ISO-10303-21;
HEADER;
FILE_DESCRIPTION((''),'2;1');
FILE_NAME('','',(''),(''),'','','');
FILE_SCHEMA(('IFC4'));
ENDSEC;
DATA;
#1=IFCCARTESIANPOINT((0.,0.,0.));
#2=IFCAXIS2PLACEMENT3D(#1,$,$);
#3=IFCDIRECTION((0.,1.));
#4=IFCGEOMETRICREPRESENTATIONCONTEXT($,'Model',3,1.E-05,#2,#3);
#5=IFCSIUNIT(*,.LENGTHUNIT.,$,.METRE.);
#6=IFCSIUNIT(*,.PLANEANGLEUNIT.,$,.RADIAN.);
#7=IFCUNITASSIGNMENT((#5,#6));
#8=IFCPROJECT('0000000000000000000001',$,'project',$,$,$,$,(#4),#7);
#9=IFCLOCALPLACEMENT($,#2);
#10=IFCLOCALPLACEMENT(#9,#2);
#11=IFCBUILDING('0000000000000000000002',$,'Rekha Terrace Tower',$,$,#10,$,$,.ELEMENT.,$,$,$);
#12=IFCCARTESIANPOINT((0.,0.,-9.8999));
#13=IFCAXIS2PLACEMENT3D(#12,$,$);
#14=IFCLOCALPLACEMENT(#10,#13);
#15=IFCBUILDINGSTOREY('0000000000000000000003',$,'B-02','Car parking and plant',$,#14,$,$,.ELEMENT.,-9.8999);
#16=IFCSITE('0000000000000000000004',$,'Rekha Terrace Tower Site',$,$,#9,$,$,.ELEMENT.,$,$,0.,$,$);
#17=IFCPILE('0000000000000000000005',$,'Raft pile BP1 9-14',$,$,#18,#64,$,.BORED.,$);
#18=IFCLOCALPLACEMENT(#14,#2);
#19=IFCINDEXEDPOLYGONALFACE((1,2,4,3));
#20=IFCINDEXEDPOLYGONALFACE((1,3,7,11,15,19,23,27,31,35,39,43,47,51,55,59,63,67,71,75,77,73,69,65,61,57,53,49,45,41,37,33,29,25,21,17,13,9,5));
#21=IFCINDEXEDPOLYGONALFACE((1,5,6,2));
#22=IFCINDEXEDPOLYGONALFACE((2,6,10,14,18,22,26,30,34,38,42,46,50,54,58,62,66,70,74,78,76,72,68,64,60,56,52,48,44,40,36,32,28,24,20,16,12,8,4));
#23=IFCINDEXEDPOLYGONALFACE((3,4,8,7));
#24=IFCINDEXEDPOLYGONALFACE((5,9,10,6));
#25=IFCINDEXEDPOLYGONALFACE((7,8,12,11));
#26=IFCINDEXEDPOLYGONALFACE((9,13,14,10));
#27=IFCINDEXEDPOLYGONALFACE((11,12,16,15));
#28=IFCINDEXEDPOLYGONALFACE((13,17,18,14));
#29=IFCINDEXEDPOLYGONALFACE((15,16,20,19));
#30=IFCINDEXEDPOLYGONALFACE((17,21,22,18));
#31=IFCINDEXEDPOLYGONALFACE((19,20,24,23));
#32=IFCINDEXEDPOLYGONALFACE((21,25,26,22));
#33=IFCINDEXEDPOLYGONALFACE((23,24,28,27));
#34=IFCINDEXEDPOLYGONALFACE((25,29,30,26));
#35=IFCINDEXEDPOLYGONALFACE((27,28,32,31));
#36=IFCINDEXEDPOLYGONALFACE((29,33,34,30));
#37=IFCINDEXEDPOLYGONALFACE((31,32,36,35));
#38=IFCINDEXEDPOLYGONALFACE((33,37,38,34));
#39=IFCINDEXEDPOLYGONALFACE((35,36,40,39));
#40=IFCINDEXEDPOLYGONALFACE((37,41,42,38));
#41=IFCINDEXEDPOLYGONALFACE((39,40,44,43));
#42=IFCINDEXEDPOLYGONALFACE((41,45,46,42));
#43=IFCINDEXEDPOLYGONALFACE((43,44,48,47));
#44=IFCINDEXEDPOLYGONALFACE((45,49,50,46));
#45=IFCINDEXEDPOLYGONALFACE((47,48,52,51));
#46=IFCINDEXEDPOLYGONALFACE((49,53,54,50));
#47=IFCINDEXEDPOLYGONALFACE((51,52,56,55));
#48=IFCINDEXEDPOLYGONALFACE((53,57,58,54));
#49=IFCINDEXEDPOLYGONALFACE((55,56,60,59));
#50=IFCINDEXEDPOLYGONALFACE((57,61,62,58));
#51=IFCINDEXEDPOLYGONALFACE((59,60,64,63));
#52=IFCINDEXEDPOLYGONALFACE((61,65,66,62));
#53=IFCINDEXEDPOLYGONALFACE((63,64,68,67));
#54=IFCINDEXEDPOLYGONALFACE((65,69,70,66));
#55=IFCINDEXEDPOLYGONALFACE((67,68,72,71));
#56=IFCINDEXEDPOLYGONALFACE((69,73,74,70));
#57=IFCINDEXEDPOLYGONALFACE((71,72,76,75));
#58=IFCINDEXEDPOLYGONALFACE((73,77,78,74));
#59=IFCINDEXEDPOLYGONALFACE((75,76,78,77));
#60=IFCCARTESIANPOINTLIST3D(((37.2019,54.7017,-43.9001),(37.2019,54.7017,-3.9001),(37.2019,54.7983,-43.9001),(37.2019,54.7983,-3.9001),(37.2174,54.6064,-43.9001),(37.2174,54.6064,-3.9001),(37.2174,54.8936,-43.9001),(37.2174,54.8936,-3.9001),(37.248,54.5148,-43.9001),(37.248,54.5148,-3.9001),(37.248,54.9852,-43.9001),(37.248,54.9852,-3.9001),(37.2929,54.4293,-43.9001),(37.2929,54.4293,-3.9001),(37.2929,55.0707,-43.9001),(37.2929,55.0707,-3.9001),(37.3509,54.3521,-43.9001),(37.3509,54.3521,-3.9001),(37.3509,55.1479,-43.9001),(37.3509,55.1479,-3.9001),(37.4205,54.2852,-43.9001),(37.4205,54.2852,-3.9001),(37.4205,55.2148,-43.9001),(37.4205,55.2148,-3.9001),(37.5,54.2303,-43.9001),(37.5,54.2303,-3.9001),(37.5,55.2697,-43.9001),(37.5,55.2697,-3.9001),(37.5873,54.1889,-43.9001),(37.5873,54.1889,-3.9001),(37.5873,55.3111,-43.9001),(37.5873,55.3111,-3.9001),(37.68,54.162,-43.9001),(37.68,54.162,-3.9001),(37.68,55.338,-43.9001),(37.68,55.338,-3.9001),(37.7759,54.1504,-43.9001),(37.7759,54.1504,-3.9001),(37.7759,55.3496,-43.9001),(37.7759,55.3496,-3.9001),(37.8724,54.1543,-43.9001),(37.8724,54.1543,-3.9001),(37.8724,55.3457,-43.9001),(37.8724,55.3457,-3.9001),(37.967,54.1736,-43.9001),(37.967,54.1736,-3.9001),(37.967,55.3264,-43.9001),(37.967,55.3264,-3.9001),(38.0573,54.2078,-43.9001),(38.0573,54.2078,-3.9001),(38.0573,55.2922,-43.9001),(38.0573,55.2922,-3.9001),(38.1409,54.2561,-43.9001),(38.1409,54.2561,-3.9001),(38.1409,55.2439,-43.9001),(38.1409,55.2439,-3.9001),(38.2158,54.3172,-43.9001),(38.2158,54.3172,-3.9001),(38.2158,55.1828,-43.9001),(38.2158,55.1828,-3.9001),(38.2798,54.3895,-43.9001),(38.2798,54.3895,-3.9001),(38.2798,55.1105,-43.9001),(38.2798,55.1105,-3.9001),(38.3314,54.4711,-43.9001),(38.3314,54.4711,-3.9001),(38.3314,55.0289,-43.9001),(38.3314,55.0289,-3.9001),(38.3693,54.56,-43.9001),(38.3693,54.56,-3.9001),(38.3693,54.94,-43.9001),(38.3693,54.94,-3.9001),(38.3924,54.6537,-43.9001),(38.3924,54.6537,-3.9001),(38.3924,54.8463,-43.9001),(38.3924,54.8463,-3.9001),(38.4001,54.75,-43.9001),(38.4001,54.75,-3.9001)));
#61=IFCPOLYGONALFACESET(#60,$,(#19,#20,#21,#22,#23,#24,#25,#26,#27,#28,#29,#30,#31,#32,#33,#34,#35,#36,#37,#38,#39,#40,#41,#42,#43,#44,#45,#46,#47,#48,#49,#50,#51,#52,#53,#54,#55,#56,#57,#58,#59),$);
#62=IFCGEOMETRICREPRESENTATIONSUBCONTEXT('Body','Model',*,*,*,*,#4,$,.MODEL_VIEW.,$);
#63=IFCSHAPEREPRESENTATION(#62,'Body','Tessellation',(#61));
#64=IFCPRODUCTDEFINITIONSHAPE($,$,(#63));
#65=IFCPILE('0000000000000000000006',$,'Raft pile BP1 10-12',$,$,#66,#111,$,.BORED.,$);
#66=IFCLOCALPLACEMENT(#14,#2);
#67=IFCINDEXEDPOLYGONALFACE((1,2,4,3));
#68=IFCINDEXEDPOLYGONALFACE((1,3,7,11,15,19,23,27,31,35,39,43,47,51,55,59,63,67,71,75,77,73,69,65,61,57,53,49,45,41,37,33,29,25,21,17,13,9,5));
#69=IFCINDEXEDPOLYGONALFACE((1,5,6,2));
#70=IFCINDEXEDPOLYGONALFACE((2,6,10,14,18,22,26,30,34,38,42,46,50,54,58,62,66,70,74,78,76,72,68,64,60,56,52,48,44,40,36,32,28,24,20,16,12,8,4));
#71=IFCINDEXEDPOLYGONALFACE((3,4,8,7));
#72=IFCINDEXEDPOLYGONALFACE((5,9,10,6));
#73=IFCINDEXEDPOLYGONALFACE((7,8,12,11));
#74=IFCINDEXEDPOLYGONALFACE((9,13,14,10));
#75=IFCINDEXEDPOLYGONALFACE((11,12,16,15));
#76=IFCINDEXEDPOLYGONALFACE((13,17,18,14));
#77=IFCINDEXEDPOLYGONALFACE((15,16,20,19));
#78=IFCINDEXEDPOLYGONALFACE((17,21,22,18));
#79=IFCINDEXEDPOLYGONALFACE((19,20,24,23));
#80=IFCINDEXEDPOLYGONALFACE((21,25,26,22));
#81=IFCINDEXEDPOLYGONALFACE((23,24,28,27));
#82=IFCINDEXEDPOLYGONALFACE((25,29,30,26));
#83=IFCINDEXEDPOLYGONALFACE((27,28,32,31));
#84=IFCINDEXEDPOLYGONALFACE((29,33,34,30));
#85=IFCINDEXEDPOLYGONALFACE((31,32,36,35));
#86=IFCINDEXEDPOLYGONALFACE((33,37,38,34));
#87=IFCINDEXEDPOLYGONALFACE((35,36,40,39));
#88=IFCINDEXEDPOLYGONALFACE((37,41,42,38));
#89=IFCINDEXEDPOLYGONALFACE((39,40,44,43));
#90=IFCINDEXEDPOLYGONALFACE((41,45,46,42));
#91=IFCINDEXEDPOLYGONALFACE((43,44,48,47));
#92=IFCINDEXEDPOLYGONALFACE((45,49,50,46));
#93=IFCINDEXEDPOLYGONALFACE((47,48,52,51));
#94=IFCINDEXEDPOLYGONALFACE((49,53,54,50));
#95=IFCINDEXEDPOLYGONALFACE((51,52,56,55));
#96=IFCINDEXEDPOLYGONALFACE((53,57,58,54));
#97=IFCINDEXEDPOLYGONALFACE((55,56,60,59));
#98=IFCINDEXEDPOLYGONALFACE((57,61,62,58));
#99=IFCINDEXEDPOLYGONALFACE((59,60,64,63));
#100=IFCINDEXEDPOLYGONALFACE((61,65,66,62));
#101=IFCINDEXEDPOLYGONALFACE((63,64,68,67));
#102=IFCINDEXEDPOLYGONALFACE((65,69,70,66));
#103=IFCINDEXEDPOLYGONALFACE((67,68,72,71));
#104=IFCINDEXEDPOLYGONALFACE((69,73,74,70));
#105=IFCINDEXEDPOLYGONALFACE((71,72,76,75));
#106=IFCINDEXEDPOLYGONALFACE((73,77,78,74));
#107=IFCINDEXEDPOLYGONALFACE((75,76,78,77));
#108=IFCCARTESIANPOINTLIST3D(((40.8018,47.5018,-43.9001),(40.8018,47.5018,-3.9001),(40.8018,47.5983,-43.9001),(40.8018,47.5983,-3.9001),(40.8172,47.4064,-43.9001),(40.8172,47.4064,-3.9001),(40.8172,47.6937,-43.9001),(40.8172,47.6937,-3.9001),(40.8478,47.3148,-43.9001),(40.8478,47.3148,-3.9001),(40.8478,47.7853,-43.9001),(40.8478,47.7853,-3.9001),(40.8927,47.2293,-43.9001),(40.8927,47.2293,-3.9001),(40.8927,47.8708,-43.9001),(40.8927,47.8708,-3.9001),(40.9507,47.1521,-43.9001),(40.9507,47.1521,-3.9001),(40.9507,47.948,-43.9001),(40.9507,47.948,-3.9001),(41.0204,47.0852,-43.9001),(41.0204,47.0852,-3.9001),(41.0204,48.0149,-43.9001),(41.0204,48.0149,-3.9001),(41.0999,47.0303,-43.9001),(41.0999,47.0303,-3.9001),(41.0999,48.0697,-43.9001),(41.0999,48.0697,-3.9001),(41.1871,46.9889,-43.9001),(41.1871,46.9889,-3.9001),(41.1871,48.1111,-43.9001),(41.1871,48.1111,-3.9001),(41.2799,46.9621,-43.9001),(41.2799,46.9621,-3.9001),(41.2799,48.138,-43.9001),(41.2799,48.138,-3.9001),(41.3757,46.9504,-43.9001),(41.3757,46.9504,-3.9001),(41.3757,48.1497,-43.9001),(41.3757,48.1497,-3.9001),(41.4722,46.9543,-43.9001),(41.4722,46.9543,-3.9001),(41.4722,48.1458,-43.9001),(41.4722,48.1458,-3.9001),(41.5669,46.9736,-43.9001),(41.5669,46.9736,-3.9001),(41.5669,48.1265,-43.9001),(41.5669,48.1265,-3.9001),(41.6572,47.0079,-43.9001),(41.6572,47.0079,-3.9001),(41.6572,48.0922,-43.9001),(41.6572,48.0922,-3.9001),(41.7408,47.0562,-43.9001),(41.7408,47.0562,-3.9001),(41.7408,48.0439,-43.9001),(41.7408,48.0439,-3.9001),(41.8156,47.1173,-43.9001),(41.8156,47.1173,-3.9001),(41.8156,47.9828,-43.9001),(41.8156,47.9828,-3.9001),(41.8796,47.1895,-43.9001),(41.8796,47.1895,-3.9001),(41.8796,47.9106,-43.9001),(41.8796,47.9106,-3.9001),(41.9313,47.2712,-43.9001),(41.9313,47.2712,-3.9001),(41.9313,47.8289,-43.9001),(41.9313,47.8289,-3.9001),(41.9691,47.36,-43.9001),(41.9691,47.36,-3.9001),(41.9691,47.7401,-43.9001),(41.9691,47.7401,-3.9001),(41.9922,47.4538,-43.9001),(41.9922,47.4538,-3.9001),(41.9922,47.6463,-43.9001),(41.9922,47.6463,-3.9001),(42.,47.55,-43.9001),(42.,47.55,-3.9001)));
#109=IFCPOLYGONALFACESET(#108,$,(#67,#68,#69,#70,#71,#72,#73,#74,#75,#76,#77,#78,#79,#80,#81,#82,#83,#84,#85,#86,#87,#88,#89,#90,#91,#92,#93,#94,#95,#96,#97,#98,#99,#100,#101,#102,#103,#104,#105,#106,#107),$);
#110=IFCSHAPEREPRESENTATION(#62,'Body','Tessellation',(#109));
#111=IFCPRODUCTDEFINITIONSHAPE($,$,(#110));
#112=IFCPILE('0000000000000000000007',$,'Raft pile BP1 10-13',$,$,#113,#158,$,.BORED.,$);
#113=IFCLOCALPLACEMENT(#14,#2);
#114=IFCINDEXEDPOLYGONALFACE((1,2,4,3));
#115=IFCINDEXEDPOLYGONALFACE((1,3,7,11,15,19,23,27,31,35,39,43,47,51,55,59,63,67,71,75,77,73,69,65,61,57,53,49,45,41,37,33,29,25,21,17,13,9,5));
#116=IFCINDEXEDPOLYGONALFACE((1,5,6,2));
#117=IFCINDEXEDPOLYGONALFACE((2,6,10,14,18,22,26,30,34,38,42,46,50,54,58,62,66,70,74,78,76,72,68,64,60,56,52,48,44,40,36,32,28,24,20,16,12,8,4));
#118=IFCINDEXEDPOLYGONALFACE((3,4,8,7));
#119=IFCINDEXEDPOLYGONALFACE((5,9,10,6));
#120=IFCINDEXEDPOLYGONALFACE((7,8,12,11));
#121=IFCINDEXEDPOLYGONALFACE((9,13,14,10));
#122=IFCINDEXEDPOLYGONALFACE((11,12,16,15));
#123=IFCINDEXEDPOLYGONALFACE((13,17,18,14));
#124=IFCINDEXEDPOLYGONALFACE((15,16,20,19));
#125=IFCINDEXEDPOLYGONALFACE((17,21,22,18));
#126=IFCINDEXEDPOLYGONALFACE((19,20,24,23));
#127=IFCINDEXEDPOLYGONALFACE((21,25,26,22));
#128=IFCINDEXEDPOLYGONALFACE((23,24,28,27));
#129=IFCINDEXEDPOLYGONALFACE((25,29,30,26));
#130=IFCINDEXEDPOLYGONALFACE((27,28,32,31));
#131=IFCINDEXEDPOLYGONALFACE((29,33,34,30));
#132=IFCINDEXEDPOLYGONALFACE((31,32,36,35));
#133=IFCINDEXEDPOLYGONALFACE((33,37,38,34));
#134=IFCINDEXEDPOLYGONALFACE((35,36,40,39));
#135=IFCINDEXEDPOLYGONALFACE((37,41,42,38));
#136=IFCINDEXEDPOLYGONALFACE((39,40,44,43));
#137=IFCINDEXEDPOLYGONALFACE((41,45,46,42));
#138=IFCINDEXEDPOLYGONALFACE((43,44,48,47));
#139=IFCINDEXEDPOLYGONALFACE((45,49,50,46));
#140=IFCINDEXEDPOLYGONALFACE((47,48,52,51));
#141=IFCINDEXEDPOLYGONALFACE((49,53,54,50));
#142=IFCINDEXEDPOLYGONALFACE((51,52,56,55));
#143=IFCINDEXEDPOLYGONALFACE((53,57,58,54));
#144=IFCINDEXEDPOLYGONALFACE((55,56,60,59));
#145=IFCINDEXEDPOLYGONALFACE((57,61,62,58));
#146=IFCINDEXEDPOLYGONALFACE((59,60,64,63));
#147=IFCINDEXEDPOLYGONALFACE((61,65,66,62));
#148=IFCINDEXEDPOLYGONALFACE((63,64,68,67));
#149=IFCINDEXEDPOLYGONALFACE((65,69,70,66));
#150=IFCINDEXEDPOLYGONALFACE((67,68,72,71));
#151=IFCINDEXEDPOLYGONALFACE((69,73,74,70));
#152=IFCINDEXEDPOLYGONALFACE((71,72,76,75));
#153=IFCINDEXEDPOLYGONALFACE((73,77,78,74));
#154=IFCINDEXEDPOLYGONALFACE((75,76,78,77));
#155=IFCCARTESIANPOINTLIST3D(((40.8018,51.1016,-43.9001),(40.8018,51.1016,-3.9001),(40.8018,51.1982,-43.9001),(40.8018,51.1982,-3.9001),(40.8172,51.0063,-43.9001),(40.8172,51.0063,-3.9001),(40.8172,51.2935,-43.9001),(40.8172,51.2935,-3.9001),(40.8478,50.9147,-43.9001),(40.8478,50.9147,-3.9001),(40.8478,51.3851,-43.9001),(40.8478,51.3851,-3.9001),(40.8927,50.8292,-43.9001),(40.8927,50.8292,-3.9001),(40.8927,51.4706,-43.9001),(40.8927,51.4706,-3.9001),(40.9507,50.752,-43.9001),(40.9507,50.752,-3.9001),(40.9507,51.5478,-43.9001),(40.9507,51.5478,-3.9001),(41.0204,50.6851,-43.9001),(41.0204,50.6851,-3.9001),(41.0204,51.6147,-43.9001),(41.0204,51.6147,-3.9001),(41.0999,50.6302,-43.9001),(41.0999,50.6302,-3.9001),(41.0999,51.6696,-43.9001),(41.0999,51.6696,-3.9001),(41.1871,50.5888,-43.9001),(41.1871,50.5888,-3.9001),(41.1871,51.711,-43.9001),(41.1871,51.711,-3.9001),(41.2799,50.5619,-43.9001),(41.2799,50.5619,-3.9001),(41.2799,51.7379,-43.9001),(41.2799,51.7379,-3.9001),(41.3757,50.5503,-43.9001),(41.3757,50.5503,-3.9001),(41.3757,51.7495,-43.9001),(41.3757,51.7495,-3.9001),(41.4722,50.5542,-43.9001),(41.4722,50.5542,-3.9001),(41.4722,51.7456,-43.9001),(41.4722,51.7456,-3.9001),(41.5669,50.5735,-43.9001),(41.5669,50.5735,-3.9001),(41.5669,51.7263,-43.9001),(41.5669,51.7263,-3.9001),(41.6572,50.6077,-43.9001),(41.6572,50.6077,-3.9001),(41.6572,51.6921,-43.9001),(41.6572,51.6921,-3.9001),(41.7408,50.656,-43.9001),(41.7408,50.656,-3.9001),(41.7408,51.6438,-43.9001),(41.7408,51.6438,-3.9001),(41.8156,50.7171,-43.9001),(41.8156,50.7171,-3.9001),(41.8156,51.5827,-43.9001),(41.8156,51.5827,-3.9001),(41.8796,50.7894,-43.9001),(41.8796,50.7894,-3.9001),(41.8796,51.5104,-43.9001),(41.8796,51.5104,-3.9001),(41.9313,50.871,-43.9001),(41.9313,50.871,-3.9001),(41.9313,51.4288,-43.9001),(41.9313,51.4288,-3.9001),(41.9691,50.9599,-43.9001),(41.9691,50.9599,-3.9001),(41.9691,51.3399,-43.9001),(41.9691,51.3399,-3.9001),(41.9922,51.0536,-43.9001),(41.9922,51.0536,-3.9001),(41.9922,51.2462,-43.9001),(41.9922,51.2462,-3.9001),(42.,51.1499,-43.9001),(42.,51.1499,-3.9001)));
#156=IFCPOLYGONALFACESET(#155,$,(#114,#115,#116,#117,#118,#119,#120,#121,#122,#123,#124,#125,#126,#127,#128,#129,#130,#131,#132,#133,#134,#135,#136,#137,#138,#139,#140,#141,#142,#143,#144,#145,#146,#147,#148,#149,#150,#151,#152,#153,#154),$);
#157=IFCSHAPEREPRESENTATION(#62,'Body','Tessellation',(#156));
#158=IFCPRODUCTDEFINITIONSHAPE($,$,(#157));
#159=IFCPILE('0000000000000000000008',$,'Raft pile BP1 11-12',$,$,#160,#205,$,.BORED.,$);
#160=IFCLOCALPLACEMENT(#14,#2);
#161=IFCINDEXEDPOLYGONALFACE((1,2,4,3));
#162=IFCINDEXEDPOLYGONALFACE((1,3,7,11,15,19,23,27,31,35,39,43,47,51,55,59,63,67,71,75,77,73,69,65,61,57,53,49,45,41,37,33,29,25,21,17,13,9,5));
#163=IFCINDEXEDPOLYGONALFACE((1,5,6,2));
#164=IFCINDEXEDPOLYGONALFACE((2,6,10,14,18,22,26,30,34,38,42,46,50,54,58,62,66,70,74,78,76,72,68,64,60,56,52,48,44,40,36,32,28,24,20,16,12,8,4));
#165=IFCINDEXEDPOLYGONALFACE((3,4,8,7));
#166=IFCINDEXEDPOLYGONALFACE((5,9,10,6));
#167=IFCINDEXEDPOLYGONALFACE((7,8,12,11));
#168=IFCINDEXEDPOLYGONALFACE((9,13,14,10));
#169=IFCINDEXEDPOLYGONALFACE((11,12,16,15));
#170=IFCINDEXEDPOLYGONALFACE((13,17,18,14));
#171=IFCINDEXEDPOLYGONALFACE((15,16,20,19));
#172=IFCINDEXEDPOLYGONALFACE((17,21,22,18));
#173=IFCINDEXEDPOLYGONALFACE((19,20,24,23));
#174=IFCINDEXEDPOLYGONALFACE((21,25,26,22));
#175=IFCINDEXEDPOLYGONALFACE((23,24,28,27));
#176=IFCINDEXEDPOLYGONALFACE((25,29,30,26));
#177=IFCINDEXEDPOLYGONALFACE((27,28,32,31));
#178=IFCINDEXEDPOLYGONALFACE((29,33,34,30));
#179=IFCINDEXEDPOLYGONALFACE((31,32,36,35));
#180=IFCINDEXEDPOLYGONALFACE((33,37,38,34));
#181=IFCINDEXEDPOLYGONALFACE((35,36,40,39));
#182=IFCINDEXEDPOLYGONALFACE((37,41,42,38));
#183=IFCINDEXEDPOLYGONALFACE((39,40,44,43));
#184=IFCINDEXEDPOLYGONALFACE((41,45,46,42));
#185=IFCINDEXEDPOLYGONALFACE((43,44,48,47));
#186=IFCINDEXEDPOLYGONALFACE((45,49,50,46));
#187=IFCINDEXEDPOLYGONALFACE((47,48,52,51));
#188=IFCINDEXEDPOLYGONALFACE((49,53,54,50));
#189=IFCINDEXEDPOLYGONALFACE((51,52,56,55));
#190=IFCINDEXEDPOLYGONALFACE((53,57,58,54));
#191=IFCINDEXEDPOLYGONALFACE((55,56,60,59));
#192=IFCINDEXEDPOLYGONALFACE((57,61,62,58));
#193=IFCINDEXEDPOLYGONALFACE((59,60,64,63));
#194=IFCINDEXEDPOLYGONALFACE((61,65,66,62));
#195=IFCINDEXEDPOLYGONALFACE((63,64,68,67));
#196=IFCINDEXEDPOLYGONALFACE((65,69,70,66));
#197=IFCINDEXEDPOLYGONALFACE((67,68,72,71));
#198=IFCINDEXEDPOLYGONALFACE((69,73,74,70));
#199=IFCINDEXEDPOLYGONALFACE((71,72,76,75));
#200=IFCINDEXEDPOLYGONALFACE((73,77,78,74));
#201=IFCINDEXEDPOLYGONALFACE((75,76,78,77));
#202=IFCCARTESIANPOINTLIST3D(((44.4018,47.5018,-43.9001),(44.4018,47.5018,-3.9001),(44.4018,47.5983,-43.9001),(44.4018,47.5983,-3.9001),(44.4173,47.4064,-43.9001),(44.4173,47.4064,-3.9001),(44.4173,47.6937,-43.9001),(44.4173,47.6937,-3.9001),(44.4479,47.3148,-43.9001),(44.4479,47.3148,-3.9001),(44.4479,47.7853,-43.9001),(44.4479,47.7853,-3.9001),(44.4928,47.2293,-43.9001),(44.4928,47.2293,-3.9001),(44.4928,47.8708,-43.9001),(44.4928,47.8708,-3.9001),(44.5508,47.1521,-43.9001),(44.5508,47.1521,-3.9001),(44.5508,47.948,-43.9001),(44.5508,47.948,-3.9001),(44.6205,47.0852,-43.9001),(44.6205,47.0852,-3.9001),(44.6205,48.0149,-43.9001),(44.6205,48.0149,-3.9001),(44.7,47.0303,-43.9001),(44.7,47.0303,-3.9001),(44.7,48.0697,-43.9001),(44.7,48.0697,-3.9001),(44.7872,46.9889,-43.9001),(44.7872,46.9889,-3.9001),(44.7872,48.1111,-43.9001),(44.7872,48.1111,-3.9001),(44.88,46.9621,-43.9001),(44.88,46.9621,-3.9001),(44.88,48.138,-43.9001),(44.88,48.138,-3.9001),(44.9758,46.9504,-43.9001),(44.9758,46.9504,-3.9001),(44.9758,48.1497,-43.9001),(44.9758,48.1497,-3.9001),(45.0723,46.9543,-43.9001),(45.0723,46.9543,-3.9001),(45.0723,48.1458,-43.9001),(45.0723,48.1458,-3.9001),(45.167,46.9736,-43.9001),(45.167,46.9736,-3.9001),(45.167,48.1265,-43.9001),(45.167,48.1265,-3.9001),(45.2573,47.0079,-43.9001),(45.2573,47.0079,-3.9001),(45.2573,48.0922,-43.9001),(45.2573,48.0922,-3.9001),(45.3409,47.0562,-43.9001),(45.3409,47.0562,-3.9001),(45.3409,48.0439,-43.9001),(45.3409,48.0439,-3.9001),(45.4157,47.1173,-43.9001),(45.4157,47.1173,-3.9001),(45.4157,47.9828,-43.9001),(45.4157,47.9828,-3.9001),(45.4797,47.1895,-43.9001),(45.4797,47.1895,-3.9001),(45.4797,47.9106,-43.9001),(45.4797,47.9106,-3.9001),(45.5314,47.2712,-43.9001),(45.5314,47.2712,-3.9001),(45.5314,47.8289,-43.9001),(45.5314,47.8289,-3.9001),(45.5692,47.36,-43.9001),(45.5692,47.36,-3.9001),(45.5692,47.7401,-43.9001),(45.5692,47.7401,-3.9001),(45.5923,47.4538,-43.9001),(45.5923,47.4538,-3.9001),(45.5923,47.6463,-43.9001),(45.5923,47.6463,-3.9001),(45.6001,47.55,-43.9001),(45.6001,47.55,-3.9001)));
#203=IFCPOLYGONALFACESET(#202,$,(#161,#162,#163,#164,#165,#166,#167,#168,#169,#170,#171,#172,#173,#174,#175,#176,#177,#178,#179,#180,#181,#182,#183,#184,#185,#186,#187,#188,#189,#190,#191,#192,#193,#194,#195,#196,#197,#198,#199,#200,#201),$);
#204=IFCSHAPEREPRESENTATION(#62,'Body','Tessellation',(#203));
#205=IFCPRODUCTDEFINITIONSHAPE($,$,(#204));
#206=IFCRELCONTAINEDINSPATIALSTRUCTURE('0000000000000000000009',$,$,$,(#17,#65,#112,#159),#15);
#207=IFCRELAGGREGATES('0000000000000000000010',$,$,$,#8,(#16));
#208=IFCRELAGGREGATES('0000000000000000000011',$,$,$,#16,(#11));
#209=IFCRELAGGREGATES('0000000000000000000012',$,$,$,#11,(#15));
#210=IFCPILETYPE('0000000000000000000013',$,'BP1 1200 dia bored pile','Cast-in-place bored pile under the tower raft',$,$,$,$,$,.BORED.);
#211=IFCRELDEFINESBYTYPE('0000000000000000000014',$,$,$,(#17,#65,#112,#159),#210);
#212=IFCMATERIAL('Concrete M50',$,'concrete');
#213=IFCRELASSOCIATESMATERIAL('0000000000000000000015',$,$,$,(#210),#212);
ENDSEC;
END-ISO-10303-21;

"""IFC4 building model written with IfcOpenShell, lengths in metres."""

from ifc_helpers import new_model, si_unit, direction, frame, origin, origin_2d, place, context, subcontext, project, spatial, circle, extrude, material, type_object, element, save


model = new_model("IFC4")

# Units and contexts
model_context = context("Model", 3, precision=1e-05, world=origin(), true_north=direction((0.0, 1.0)))
body_context = subcontext(model_context, "Body", "Model", "MODEL_VIEW")
ifc_project = project(units=[si_unit("LENGTHUNIT", "METRE"), si_unit("PLANEANGLEUNIT", "RADIAN")], contexts=[model_context])

# Site, building, storey
site_placement = place(None, origin())
site = spatial("IfcSite", under=ifc_project, at=site_placement, Name="Rekha Terrace Tower Site", CompositionType="ELEMENT", RefElevation=0.0)
building_placement = place(site_placement, origin())
building = spatial("IfcBuilding", under=site, at=building_placement, Name="Rekha Terrace Tower", CompositionType="ELEMENT")
storey_placement = place(building_placement, frame((0.0, 0.0, -9.8999)))
storey = spatial("IfcBuildingStorey", under=building, at=storey_placement, Name="B-02", Description="Car parking and plant", CompositionType="ELEMENT", Elevation=-9.8999)

# Piles
ifc_material_1 = material(Name="Concrete M50", Category="concrete")
pile_type = type_object("IfcPileType", Name="BP1 1200 dia bored pile", Description="Cast-in-place bored pile under the tower raft", PredefinedType="BORED", material=ifc_material_1)
for number, where, z_axis, x_axis, name in (
    (1, (37.8, 54.75, -3.9001), (0.0, 0.0, -1.0), (1.0, 0.0, 0.0), "Raft pile BP1 9-14"),
    (2, (41.3999, 47.55, -3.9001), (0.0, 0.0, -1.0), (1.0, 0.0, 0.0), "Raft pile BP1 10-12"),
    (3, (41.3999, 51.1499, -3.9001), (0.0, 0.0, -1.0), (1.0, 0.0, 0.0), "Raft pile BP1 10-13"),
    (4, (45.0, 47.55, -3.9001), (0.0, 0.0, -1.0), (1.0, 0.0, 0.0), "Raft pile BP1 11-12"),
):
    element("IfcPile", number, at=place(storey_placement, frame(where, z_axis=z_axis, x_axis=x_axis)), inside=storey, type_object=pile_type, Name=name, PredefinedType="BORED", context=body_context, shape_type="SweptSolid", body=[
        extrude(circle(Radius=0.6001, at=origin_2d()), origin(), (0.0, 0.0, 1.0), 40.0),
    ])

save(model, "model.ifc")
